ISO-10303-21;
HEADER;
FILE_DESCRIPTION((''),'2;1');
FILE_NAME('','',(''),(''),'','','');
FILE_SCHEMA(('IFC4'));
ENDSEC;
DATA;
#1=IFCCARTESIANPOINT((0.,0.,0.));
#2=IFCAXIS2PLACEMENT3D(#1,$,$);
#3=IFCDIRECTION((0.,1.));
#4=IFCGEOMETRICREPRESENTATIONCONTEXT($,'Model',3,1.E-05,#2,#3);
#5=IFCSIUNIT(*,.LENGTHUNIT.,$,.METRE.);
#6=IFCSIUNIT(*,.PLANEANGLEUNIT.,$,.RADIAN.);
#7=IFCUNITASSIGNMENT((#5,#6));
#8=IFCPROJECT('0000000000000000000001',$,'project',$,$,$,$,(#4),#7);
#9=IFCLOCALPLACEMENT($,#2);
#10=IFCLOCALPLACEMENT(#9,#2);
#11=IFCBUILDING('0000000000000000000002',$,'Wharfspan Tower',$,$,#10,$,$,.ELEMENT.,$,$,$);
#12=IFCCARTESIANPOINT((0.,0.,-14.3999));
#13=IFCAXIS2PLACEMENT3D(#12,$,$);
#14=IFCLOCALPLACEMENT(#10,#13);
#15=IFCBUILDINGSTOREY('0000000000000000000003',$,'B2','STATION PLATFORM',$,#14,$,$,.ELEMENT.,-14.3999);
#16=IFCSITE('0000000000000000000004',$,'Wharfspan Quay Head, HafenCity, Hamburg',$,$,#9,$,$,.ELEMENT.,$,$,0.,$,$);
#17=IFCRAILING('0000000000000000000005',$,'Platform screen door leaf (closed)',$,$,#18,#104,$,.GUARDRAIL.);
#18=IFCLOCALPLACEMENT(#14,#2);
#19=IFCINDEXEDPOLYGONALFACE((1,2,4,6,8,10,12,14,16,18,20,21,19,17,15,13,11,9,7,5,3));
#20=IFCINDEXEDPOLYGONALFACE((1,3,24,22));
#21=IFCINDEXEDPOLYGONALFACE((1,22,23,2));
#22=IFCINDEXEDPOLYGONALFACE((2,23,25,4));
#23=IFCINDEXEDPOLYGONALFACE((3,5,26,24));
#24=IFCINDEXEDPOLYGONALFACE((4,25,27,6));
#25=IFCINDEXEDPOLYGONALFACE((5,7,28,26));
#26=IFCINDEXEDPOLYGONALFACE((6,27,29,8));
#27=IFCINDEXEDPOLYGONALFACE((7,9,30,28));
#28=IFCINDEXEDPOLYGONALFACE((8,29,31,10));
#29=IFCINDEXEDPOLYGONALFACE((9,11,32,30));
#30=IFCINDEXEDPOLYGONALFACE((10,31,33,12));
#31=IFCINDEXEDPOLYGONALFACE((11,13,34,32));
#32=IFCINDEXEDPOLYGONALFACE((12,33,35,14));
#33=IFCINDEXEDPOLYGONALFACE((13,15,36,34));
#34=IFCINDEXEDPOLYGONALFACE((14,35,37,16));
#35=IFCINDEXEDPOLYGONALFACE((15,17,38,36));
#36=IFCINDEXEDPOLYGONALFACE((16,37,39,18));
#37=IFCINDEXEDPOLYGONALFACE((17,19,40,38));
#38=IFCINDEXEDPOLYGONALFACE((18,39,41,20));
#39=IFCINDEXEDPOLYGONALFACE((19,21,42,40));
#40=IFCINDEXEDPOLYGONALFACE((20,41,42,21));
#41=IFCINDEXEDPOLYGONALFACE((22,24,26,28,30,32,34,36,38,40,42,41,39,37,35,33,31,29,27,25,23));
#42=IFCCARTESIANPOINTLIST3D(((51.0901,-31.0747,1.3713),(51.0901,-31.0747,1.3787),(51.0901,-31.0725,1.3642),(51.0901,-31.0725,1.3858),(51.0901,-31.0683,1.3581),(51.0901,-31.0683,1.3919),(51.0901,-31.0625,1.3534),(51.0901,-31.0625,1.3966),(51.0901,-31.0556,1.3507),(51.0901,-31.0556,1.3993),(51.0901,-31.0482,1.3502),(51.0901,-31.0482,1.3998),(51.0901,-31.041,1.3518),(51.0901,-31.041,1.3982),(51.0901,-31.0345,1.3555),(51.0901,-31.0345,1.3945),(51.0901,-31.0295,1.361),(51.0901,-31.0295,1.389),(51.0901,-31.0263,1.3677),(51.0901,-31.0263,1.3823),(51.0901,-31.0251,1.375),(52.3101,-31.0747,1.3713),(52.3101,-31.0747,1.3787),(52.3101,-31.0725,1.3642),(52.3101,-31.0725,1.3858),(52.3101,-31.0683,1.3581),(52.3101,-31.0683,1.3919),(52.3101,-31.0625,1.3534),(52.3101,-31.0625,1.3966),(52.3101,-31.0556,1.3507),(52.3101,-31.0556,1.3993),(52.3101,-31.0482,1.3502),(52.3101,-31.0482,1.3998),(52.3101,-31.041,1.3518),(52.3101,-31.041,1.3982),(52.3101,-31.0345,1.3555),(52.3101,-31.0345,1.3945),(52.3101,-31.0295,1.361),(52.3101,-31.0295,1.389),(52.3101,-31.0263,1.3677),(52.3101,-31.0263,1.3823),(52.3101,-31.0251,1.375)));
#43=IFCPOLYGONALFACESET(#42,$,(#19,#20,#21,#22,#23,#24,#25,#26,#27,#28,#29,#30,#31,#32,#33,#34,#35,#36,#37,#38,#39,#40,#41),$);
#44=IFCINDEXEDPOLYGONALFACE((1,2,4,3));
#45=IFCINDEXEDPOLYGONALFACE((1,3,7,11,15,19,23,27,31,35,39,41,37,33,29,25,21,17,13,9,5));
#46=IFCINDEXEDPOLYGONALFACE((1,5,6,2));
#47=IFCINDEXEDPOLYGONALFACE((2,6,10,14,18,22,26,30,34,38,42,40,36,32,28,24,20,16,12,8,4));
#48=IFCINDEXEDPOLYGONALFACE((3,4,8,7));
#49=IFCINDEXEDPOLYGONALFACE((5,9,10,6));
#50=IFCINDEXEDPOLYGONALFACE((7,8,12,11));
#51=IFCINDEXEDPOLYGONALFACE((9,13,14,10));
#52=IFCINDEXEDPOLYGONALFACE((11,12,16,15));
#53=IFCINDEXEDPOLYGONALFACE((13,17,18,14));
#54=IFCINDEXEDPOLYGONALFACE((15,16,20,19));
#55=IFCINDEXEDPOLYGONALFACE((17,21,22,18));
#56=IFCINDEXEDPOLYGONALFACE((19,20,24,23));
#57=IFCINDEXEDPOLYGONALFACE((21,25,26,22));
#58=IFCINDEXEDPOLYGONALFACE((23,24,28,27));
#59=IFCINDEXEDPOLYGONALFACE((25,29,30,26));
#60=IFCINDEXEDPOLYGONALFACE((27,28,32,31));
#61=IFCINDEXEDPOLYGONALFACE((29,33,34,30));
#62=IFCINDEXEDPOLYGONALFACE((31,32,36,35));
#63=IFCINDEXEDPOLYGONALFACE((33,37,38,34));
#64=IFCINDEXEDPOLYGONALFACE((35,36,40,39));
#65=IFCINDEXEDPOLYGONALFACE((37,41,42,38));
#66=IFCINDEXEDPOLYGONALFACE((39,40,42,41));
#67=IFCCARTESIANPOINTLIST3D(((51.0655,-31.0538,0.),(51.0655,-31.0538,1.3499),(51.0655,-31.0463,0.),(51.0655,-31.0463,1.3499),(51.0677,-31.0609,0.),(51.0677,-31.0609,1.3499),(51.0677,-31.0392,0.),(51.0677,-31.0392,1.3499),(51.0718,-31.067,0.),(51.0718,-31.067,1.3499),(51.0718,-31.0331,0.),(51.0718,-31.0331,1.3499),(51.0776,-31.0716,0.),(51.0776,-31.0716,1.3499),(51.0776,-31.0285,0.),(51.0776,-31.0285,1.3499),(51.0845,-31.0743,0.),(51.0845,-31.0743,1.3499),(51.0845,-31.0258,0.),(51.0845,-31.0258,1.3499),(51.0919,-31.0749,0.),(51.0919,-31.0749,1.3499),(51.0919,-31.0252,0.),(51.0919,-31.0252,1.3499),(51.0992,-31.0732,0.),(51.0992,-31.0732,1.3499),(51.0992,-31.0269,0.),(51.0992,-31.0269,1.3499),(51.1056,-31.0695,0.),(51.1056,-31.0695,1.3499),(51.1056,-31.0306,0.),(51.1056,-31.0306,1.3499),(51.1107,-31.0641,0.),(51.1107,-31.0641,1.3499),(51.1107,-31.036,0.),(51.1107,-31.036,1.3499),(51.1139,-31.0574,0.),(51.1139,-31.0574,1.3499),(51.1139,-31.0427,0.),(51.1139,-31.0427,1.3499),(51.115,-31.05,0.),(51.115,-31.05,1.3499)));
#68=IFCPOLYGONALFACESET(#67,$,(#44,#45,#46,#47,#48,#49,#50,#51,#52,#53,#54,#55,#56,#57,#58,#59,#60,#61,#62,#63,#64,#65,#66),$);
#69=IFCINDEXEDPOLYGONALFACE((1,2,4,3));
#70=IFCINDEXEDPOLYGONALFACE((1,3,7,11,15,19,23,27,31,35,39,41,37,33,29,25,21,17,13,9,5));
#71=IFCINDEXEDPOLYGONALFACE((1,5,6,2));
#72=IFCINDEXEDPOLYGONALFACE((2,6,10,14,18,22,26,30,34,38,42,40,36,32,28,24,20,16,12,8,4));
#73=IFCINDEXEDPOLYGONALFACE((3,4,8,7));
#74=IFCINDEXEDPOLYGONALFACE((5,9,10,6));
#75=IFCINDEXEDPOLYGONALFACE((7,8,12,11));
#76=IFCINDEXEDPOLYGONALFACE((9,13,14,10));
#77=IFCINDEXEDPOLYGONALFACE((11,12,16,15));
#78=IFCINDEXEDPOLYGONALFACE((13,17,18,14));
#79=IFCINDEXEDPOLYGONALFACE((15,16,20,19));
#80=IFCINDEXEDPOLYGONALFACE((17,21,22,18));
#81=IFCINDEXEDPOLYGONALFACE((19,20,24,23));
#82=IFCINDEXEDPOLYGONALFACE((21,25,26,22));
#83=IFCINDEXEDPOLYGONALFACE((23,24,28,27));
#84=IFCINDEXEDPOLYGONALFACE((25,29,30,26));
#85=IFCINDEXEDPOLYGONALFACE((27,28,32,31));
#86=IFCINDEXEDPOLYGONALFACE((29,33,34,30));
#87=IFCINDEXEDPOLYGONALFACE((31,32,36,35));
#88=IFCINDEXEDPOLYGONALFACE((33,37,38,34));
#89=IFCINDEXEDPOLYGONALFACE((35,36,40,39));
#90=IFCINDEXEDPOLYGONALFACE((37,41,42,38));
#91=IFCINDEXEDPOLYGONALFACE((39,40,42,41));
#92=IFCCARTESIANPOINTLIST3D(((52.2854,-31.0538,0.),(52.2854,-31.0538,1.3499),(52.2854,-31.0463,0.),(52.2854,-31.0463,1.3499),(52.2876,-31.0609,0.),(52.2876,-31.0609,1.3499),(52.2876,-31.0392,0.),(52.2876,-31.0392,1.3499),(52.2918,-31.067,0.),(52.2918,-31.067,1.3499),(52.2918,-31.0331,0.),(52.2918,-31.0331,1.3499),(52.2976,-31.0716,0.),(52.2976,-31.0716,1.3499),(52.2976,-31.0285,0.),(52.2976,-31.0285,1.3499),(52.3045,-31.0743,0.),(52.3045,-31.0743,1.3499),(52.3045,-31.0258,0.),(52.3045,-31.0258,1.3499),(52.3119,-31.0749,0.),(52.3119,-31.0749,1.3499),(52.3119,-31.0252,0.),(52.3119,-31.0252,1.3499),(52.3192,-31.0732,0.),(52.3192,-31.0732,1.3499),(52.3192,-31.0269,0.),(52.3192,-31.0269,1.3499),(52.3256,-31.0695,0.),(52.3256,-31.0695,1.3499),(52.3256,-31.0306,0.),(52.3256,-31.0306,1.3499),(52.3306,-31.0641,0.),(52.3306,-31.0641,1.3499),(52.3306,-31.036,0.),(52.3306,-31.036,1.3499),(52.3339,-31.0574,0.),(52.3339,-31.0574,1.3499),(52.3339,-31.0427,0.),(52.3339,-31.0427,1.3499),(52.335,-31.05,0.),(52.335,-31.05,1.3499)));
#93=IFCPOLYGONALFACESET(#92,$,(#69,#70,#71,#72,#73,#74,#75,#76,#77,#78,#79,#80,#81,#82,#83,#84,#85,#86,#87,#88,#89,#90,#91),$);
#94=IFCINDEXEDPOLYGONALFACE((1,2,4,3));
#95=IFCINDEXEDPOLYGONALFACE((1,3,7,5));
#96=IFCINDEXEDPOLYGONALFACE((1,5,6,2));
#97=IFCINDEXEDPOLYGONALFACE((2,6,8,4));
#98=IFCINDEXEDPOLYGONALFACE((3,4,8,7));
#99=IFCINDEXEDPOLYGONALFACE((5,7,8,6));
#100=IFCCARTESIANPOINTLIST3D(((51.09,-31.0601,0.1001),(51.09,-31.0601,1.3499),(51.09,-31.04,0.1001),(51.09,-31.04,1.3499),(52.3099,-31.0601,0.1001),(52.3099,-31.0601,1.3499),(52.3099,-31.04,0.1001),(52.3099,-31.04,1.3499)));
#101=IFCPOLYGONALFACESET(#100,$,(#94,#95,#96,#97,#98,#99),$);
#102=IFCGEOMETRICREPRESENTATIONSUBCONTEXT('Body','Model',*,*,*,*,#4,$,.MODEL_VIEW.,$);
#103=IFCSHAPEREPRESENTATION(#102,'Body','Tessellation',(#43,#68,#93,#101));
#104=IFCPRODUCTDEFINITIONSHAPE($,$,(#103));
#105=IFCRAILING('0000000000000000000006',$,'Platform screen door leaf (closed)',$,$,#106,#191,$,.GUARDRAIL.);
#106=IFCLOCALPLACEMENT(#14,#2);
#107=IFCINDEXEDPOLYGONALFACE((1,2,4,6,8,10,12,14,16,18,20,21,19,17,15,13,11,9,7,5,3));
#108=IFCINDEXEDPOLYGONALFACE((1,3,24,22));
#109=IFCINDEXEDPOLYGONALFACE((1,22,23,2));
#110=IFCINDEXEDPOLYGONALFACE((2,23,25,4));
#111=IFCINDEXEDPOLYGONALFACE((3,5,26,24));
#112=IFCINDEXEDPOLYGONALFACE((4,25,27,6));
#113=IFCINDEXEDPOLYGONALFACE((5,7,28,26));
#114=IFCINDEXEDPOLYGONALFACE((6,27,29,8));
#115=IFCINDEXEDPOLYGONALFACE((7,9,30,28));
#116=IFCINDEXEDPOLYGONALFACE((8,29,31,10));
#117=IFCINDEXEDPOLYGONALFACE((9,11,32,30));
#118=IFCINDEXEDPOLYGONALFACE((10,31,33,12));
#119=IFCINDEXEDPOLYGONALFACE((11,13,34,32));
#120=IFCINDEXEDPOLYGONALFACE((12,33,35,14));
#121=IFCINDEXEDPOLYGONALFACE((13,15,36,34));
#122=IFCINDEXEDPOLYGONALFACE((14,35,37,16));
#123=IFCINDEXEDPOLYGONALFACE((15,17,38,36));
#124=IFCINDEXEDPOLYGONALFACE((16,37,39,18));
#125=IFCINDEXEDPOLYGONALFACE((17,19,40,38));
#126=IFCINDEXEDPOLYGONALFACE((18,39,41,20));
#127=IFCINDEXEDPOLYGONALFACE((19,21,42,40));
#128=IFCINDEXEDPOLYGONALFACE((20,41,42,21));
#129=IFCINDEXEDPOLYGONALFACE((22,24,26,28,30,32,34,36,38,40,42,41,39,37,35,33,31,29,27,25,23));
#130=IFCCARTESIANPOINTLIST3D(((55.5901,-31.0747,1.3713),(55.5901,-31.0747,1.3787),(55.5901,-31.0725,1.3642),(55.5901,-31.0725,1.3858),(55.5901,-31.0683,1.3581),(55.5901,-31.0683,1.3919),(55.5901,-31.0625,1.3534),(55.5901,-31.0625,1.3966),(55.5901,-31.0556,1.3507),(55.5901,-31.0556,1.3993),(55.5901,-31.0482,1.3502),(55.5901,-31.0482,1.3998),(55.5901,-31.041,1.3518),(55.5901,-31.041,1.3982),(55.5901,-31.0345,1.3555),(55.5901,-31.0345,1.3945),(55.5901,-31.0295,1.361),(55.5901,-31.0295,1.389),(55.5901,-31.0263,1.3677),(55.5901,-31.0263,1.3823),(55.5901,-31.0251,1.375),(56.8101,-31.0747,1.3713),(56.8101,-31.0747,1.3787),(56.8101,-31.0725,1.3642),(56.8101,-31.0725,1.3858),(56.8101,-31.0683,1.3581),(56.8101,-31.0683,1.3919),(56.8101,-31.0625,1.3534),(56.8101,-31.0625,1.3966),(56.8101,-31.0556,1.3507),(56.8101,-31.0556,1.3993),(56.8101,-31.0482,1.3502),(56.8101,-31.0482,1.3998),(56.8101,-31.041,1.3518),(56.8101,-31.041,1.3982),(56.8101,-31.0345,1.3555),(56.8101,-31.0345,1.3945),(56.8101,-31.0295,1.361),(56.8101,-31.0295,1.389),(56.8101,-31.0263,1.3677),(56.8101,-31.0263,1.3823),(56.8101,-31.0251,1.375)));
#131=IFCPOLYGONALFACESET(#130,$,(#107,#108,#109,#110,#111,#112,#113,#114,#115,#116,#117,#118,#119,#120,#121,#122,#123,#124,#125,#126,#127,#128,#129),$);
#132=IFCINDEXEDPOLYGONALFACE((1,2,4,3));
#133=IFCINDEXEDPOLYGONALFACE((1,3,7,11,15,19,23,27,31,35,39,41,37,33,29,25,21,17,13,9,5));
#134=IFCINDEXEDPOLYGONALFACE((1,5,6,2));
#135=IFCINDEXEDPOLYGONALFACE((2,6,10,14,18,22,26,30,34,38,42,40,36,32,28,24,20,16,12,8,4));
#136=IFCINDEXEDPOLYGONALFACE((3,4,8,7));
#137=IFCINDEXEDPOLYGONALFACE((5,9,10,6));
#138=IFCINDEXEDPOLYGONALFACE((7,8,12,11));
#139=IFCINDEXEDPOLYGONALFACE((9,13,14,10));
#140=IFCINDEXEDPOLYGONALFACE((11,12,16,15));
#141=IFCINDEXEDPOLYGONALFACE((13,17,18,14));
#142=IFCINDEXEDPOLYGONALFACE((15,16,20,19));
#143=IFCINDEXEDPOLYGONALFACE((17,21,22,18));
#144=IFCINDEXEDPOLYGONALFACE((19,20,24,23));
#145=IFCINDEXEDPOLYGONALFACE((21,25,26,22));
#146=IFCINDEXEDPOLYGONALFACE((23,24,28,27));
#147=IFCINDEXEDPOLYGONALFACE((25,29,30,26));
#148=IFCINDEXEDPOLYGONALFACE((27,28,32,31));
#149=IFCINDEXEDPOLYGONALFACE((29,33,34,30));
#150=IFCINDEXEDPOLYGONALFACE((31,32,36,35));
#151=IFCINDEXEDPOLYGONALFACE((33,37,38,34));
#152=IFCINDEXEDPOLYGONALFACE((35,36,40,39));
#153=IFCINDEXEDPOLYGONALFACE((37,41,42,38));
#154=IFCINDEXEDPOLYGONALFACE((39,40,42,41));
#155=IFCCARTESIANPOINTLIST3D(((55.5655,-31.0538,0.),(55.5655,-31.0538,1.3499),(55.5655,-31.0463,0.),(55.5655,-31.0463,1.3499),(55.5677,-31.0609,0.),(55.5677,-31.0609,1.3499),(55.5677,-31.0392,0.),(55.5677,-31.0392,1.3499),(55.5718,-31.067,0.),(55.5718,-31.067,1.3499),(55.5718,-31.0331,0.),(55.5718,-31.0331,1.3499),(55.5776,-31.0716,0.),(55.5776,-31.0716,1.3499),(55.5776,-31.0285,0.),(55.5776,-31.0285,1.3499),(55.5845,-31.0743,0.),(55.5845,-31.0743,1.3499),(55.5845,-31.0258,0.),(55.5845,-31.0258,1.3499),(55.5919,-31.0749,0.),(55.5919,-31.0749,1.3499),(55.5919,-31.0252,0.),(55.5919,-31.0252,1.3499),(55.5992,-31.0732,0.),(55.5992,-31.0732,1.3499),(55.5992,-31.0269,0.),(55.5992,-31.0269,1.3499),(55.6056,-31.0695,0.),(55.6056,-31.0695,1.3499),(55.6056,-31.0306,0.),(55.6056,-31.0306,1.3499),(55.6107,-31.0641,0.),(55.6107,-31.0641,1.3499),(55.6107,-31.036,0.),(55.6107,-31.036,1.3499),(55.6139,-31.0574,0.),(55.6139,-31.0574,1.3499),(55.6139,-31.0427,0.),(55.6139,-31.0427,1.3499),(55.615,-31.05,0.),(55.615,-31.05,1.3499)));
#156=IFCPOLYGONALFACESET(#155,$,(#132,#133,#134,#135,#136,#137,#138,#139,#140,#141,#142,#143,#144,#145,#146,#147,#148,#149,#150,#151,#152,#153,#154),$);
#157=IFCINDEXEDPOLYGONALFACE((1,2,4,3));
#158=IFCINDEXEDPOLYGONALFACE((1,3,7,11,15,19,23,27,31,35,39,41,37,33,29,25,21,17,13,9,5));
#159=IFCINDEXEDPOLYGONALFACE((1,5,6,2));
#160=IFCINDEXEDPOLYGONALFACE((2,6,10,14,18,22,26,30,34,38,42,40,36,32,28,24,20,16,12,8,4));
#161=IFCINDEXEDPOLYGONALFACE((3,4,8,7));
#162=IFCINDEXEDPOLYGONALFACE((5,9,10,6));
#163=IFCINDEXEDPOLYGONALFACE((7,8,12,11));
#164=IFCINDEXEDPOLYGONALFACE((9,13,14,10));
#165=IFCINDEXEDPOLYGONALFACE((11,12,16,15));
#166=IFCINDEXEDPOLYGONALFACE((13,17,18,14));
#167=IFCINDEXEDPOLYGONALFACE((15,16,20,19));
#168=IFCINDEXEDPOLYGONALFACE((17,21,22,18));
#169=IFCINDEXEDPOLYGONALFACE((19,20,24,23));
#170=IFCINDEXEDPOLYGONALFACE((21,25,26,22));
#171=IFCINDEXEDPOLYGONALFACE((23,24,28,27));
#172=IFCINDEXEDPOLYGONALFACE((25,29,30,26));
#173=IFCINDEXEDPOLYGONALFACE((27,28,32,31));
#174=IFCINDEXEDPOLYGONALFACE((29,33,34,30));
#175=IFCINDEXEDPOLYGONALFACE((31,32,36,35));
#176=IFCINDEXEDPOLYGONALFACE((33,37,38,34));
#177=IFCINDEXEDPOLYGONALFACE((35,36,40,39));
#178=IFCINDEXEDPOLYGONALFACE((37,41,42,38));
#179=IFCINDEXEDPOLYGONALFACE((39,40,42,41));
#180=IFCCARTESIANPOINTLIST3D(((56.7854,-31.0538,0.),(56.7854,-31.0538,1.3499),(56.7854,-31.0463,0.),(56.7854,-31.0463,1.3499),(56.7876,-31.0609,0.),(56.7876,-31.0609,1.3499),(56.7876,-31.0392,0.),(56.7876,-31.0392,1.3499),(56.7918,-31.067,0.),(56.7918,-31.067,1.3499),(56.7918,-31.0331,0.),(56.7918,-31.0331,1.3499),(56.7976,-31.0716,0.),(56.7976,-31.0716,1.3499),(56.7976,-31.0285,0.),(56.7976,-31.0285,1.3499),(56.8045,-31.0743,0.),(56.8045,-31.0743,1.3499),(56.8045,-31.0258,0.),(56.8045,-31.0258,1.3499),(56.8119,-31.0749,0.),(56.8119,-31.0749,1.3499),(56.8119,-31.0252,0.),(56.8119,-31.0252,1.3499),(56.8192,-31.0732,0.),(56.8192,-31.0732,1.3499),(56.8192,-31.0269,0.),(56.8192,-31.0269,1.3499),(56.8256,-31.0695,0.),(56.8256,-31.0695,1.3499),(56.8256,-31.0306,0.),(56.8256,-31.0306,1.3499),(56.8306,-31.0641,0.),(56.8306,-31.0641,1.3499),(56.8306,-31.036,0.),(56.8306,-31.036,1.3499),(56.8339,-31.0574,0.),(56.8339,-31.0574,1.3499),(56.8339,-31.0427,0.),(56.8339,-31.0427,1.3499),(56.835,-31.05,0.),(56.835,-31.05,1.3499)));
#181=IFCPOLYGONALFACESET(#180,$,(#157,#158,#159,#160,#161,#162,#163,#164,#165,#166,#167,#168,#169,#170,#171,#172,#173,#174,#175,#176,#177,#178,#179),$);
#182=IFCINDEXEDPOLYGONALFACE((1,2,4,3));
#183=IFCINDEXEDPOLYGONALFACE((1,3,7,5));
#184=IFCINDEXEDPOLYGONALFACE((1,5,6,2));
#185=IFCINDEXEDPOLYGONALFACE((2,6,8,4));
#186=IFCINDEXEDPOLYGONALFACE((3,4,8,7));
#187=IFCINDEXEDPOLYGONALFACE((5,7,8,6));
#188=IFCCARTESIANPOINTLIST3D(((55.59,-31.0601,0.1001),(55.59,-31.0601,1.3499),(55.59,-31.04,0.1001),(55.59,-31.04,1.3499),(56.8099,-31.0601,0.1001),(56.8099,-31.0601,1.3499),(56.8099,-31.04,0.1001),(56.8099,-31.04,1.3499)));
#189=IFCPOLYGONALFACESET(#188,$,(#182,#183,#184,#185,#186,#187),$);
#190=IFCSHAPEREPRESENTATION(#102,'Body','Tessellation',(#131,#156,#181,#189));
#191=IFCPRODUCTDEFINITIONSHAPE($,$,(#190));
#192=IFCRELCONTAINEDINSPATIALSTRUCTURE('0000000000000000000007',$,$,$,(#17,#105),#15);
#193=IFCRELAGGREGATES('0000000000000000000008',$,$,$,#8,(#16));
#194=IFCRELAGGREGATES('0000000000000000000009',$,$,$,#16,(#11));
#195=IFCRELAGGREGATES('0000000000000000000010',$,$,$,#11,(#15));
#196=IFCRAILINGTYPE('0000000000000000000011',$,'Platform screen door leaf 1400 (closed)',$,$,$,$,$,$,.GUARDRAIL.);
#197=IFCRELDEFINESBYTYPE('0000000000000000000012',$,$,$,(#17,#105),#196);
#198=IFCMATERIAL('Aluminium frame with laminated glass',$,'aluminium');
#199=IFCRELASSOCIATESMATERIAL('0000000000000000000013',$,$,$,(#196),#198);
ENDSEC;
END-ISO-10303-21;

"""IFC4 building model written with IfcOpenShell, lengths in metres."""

from ifc_helpers import new_model, si_unit, direction, frame, origin, origin_2d, place, context, subcontext, project, spatial, rectangle, circle, extrude, material, type_object, element, save


model = new_model("IFC4")

# Units and contexts
model_context = context("Model", 3, precision=1e-05, world=origin(), true_north=direction((0.0, 1.0)))
body_context = subcontext(model_context, "Body", "Model", "MODEL_VIEW")
ifc_project = project(units=[si_unit("LENGTHUNIT", "METRE"), si_unit("PLANEANGLEUNIT", "RADIAN")], contexts=[model_context])

# Site, building, storey
site_placement = place(None, origin())
site = spatial("IfcSite", under=ifc_project, at=site_placement, Name="Wharfspan Quay Head, HafenCity, Hamburg", CompositionType="ELEMENT", RefElevation=0.0)
building_placement = place(site_placement, origin())
building = spatial("IfcBuilding", under=site, at=building_placement, Name="Wharfspan Tower", CompositionType="ELEMENT")
storey_placement = place(building_placement, frame((0.0, 0.0, -14.3999)))
storey = spatial("IfcBuildingStorey", under=building, at=storey_placement, Name="B2", Description="STATION PLATFORM", CompositionType="ELEMENT", Elevation=-14.3999)

# Railings
ifc_material_1 = material(Name="Aluminium frame with laminated glass", Category="aluminium")
railing_type_1 = type_object("IfcRailingType", Name="Platform screen door leaf 1400 (closed)", PredefinedType="GUARDRAIL", material=ifc_material_1)
for number, where, name in (
    (1, (51.0901, -31.05, 0.0), "Platform screen door leaf (closed)"),
    (2, (55.5901, -31.05, 0.0), "Platform screen door leaf (closed)"),
):
    element("IfcRailing", number, at=place(storey_placement, frame(where)), inside=storey, type_object=railing_type_1, Name=name, PredefinedType="GUARDRAIL", context=body_context, shape_type="SweptSolid", body=[
        extrude(circle(Radius=0.0249, at=origin_2d()), frame((0.0, 0.0, 1.375), z_axis=(1.0, 0.0, 0.0), x_axis=(0.0, 1.0, 0.0)), (0.0, 0.0, 1.0), 1.22),
        extrude(circle(Radius=0.0249, at=origin_2d()), origin(), (0.0, 0.0, 1.0), 1.3499),
        extrude(circle(Radius=0.0249, at=origin_2d()), frame((1.22, 0.0, 0.0)), (0.0, 0.0, 1.0), 1.3499),
        extrude(rectangle(XDim=1.22, YDim=0.02, at=origin_2d()), frame((0.6099, 0.0, 0.1001), z_axis=(0.0, 0.0, 1.0), x_axis=(1.0, 0.0, 0.0)), (0.0, 0.0, 1.0), 1.2498),
    ])

save(model, "model.ifc")
